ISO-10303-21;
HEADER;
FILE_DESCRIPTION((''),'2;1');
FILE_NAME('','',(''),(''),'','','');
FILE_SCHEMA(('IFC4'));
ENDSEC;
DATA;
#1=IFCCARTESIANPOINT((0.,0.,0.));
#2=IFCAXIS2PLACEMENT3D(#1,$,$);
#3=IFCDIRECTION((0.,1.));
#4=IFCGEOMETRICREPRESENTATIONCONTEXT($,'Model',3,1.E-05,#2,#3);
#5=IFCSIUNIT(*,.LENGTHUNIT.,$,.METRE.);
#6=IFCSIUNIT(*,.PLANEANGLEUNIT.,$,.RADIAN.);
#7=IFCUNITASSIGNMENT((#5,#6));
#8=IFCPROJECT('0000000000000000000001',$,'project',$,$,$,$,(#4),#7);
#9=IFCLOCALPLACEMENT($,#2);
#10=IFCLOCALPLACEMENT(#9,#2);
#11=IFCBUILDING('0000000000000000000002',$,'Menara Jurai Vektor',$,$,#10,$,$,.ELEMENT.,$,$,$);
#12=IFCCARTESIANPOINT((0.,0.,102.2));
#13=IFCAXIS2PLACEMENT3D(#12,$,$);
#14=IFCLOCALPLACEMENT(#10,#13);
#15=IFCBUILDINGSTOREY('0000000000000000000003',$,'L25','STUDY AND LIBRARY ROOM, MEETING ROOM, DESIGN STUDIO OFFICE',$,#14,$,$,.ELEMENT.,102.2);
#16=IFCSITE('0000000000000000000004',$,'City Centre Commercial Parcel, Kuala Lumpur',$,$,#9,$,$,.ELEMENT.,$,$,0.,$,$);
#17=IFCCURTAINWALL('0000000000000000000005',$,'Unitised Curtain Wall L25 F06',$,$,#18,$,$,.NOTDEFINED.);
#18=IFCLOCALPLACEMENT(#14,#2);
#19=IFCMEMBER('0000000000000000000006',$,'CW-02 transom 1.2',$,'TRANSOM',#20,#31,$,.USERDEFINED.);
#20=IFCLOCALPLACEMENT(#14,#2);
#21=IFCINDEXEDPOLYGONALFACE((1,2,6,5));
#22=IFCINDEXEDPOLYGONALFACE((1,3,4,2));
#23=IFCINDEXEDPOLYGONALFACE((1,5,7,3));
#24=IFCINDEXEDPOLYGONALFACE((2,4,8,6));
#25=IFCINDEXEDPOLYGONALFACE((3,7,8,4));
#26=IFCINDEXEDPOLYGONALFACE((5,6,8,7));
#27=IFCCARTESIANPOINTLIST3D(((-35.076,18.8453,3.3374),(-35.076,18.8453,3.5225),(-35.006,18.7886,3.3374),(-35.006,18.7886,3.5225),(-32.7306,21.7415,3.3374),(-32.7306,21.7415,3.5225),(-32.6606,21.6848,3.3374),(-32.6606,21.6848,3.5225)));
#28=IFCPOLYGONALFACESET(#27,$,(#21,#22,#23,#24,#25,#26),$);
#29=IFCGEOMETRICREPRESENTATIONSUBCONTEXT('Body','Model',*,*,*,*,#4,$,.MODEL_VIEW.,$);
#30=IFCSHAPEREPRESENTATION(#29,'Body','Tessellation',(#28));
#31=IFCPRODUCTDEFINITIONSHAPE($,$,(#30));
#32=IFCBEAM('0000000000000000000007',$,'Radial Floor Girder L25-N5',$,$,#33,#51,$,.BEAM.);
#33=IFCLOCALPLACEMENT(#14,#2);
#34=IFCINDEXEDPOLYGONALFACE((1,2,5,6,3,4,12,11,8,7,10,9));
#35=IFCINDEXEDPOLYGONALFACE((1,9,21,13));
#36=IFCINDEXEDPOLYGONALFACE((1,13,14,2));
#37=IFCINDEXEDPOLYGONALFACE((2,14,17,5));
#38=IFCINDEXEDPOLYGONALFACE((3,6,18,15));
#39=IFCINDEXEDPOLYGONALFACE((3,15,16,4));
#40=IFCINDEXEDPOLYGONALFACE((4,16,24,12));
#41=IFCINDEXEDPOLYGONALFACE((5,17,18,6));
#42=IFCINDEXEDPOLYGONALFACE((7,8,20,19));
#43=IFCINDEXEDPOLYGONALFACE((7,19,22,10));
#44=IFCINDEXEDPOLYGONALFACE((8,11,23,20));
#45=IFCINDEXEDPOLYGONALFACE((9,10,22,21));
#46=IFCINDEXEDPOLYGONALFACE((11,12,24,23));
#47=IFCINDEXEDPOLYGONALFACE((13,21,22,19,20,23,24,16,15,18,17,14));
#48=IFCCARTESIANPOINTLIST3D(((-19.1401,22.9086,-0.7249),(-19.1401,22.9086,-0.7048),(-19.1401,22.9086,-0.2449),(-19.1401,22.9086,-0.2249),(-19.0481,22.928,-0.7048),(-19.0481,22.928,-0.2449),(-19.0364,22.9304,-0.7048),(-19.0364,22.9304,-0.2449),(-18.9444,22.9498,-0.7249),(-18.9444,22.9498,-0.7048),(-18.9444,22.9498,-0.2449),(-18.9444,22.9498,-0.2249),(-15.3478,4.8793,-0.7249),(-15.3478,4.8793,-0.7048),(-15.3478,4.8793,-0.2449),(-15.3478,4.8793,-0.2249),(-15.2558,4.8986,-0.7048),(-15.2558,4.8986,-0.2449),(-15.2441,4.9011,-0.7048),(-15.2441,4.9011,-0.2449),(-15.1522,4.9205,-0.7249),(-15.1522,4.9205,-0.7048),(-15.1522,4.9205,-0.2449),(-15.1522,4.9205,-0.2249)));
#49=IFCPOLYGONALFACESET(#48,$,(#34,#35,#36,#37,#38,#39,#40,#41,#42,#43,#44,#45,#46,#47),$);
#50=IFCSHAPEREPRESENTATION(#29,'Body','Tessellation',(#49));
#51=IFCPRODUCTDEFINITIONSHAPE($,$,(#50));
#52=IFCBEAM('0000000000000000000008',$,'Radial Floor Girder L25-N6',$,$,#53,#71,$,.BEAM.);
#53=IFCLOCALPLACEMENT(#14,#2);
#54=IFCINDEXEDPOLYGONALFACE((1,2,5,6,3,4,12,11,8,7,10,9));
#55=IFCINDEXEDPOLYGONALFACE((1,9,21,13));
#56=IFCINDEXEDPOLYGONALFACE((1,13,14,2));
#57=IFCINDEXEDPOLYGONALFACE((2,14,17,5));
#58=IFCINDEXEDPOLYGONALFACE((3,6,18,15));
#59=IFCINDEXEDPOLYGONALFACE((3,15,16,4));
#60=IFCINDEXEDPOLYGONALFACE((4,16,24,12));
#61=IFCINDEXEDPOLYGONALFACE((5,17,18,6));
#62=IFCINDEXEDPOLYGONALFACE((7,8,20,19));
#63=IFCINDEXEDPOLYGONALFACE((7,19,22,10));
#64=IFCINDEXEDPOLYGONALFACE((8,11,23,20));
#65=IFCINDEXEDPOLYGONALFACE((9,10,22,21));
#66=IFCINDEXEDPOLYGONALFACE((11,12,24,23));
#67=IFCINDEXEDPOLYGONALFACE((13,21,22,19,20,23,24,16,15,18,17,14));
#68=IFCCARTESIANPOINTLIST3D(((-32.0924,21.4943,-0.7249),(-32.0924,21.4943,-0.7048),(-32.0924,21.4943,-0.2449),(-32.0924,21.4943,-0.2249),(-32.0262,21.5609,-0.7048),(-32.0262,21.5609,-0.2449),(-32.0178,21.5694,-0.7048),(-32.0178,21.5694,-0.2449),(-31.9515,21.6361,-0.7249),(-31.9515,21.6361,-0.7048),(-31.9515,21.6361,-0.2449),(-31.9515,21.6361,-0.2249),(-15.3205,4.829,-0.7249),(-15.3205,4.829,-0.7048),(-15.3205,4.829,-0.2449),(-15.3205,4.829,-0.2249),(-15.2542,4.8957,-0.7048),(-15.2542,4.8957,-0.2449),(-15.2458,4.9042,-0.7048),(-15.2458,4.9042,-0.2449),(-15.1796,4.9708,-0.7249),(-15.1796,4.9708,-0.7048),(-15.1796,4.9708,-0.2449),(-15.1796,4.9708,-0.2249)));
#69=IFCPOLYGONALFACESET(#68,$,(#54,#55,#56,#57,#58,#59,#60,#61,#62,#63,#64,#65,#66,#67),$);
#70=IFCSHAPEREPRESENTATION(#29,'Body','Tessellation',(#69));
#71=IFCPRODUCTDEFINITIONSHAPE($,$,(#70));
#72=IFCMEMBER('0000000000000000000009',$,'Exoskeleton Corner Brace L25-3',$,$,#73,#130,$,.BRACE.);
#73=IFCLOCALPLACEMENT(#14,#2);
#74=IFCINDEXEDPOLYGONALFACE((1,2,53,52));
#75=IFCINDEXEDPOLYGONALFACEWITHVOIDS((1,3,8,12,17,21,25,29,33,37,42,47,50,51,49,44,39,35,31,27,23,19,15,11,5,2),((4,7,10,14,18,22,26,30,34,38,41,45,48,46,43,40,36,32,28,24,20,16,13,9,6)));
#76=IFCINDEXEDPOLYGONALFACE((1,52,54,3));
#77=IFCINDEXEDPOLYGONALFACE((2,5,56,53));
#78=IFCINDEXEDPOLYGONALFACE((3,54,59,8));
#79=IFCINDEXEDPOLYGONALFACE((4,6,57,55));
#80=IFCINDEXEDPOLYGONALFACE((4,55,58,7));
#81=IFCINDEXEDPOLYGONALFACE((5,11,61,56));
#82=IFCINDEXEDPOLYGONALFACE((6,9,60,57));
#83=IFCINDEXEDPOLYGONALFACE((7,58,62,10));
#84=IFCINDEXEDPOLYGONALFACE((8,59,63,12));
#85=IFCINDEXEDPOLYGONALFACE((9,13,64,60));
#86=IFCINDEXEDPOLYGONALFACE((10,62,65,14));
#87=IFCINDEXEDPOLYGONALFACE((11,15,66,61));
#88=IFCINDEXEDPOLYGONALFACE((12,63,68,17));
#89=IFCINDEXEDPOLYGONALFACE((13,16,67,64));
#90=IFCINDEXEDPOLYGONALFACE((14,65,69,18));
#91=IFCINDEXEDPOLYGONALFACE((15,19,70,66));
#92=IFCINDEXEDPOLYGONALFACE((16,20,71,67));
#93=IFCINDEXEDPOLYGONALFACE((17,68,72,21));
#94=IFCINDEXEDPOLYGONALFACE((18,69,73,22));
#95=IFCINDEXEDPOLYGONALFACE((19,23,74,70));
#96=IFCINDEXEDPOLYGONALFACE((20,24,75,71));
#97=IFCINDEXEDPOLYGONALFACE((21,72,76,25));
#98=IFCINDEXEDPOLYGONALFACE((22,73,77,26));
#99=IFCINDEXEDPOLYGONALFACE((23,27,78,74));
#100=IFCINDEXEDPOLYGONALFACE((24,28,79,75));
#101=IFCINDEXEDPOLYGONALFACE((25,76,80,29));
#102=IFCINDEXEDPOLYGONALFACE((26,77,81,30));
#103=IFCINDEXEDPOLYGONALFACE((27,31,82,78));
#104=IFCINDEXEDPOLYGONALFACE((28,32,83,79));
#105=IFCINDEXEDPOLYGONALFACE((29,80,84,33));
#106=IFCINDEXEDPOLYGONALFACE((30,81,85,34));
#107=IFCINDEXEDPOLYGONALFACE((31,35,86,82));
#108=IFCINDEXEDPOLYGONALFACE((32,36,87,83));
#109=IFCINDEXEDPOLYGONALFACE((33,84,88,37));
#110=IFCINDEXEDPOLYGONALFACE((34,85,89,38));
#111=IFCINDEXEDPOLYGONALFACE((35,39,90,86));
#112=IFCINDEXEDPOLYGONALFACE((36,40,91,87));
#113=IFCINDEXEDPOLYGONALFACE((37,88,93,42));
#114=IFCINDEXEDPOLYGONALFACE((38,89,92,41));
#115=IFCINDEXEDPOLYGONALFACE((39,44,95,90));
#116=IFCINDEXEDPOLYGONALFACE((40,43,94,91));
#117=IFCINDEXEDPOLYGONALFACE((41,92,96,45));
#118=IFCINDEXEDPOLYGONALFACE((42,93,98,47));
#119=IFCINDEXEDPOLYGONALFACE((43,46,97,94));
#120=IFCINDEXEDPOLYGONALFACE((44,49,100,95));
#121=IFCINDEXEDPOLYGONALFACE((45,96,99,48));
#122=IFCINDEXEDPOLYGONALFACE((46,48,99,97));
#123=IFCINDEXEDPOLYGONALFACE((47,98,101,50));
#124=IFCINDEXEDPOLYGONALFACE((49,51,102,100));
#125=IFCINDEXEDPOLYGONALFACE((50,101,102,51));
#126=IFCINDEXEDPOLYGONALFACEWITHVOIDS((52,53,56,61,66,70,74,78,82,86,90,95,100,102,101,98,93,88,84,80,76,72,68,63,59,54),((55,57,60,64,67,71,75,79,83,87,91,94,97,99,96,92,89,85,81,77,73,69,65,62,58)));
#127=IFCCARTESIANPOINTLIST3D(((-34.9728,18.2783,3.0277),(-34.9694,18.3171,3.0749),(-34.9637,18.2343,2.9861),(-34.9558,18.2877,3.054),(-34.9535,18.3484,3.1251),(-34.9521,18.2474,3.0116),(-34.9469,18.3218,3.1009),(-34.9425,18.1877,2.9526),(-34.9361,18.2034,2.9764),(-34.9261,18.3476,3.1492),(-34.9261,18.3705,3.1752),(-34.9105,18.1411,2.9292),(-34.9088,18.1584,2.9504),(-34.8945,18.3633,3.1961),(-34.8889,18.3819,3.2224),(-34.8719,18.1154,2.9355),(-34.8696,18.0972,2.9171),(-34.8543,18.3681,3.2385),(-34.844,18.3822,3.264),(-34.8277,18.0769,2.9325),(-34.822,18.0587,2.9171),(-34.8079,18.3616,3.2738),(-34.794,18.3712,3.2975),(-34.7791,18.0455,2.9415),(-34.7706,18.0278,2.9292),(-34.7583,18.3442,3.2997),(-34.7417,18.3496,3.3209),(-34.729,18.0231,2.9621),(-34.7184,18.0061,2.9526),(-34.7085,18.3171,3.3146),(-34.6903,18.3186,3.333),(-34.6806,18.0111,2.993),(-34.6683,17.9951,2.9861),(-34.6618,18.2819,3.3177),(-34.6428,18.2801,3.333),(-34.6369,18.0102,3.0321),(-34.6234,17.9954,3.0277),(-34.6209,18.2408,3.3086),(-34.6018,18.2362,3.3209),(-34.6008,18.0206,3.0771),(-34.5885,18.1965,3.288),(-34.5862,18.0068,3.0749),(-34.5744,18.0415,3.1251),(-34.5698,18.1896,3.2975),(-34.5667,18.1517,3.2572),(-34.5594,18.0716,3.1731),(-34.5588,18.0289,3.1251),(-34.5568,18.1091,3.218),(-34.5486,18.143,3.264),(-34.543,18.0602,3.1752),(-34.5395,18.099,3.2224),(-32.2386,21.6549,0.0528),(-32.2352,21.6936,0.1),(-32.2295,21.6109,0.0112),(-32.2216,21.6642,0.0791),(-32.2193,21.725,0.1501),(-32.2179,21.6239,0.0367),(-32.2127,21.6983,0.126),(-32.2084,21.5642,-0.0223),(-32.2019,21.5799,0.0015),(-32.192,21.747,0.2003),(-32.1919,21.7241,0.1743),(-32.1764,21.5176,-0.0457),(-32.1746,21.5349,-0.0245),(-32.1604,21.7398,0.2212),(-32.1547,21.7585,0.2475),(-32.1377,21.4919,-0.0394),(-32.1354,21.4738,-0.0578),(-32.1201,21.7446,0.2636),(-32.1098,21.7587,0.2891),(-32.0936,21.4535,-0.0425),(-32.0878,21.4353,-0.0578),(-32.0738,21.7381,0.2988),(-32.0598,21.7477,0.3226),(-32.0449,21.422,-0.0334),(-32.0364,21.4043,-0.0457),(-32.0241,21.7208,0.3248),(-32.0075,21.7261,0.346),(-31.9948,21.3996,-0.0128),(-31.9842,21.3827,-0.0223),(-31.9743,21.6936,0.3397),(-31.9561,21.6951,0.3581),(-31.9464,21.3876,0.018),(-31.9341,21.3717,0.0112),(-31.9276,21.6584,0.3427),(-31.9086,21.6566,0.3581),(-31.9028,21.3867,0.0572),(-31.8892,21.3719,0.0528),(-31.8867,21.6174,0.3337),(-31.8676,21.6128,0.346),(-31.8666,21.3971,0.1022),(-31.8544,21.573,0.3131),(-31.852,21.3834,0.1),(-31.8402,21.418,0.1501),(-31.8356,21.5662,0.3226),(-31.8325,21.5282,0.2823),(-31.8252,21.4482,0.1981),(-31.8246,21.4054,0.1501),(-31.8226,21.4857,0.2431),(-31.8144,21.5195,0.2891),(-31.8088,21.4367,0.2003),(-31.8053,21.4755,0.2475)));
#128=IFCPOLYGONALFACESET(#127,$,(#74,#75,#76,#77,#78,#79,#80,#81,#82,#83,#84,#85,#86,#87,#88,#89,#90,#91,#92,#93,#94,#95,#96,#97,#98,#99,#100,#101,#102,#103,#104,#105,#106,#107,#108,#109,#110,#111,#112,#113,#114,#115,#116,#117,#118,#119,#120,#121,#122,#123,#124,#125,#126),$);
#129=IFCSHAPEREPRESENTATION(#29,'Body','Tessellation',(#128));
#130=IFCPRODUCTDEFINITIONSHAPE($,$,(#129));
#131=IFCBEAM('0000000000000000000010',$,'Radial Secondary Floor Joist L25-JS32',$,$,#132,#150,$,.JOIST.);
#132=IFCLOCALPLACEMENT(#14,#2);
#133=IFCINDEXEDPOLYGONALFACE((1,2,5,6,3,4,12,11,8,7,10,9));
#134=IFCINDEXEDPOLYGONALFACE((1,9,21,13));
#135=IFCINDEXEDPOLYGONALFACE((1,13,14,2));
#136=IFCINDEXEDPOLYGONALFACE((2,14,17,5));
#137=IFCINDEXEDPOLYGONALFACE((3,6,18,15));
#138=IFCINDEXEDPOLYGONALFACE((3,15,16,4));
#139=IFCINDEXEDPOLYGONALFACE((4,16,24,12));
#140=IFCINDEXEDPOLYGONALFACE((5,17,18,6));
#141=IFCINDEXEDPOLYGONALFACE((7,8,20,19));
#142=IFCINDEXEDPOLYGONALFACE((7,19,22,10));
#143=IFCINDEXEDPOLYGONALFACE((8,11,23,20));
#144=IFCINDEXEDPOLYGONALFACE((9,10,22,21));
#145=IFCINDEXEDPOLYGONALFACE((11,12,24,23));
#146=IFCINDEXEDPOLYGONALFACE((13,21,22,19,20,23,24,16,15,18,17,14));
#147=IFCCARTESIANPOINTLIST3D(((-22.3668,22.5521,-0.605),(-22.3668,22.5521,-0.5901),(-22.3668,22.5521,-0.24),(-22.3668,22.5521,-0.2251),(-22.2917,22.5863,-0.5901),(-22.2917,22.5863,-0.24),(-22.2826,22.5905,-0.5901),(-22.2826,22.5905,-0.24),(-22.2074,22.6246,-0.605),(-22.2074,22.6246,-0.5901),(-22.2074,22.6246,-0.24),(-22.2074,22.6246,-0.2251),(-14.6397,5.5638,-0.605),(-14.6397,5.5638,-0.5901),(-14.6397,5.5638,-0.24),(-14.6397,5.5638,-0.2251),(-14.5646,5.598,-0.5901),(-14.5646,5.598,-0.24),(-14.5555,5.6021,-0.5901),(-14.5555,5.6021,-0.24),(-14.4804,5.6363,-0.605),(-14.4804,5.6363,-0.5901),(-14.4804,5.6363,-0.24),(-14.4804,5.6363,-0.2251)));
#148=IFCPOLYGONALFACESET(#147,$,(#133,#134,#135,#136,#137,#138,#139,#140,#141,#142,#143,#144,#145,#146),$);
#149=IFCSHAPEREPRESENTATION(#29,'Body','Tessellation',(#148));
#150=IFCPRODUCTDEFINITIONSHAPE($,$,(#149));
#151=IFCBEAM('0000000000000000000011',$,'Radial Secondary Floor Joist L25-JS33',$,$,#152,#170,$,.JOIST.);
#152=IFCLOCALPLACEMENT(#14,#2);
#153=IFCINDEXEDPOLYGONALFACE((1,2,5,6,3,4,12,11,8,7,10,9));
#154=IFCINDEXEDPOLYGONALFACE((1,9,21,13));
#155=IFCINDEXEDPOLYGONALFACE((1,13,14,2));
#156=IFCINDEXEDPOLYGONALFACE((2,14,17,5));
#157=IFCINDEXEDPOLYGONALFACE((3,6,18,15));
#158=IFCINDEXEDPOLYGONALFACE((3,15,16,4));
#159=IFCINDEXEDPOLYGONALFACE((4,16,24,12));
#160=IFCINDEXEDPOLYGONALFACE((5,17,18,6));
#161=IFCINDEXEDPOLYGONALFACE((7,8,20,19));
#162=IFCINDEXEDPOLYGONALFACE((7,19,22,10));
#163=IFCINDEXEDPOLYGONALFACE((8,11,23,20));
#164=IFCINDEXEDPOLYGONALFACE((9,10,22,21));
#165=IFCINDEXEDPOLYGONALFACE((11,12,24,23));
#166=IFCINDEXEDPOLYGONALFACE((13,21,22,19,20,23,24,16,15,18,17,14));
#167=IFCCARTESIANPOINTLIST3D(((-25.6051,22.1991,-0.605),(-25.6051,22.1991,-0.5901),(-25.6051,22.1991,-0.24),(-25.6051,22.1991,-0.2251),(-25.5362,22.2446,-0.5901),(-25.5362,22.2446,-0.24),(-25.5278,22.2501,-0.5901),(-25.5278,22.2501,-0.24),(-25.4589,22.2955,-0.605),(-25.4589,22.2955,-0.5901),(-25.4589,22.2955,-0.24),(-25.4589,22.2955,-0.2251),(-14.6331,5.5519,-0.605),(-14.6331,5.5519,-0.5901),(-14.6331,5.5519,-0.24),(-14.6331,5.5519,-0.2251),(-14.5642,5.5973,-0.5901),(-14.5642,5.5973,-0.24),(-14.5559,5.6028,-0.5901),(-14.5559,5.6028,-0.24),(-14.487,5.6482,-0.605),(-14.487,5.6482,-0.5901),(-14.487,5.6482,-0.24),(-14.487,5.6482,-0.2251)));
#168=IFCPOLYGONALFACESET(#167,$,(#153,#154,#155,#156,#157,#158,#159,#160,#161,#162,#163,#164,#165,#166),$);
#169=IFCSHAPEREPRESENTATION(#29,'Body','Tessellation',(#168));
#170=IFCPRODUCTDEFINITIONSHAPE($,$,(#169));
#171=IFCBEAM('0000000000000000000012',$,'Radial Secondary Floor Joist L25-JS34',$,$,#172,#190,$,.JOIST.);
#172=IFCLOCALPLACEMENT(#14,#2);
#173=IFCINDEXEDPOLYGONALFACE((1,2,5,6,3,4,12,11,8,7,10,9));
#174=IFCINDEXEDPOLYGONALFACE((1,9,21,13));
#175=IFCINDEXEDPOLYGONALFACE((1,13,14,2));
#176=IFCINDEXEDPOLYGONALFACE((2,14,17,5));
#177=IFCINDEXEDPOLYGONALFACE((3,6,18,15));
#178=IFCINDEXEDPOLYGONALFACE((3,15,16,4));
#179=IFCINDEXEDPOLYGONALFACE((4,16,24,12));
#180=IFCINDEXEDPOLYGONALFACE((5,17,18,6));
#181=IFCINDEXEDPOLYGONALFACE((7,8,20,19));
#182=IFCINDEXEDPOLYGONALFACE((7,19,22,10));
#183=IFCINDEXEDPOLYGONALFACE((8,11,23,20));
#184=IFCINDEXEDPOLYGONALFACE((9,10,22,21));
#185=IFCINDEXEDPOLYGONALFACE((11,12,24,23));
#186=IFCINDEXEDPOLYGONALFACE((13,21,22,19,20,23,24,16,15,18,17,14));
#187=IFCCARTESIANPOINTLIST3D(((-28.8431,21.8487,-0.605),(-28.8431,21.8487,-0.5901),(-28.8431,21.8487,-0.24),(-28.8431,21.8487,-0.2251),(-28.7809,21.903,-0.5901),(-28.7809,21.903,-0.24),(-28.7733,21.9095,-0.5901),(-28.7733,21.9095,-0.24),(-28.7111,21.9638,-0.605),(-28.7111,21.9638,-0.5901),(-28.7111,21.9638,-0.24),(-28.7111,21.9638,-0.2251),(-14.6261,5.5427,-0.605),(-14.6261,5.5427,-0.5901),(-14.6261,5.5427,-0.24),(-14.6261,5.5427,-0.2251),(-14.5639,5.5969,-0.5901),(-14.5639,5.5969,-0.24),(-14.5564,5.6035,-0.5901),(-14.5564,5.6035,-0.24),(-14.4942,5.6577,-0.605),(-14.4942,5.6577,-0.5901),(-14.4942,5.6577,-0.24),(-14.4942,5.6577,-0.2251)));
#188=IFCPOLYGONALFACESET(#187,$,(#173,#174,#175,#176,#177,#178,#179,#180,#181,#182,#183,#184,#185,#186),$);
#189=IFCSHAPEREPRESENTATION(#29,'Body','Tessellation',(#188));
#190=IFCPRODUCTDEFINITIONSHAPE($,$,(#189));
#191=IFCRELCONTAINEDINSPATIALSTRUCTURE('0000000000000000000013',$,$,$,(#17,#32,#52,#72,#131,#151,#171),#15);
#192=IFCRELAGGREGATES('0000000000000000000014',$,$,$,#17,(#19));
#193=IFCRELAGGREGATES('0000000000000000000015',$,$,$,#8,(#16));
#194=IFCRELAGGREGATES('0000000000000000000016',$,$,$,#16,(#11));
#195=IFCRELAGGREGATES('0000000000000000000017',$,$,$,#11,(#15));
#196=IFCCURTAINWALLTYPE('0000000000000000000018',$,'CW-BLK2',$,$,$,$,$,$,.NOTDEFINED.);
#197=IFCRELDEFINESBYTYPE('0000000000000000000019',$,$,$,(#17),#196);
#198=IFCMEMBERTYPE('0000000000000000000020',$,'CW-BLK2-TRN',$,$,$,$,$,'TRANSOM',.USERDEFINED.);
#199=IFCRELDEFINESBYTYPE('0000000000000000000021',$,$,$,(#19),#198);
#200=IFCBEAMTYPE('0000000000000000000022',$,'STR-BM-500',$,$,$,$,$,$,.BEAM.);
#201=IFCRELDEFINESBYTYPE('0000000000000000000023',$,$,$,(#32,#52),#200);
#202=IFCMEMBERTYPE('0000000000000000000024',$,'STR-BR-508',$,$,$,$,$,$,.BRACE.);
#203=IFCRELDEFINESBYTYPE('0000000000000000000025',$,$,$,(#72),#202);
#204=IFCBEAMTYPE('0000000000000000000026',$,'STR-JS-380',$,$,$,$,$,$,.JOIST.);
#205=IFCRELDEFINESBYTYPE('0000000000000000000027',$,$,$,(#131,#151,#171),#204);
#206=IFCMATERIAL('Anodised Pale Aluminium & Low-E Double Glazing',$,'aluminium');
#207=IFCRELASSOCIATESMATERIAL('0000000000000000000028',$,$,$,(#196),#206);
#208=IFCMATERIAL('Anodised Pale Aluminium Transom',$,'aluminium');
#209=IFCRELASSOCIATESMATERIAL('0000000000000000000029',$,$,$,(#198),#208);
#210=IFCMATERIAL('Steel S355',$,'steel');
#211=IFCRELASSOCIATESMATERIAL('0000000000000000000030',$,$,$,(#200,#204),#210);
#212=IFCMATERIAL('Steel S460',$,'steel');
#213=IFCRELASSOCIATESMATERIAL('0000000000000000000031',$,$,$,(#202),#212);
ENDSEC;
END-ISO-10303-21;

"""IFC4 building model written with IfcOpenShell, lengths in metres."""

from ifc_helpers import new_model, si_unit, direction, frame, origin, origin_2d, place, context, subcontext, project, spatial, rectangle, hollow_circle, i_section, extrude, material, material_profile, profile_set, type_object, element, aggregate, save


model = new_model("IFC4")

# Units and contexts
model_context = context("Model", 3, precision=1e-05, world=origin(), true_north=direction((0.0, 1.0)))
body_context = subcontext(model_context, "Body", "Model", "MODEL_VIEW")
ifc_project = project(units=[si_unit("LENGTHUNIT", "METRE"), si_unit("PLANEANGLEUNIT", "RADIAN")], contexts=[model_context])

# Site, building, storey
site_placement = place(None, origin())
site = spatial("IfcSite", under=ifc_project, at=site_placement, Name="City Centre Commercial Parcel, Kuala Lumpur", CompositionType="ELEMENT", RefElevation=0.0)
building_placement = place(site_placement, origin())
building = spatial("IfcBuilding", under=site, at=building_placement, Name="Menara Jurai Vektor", CompositionType="ELEMENT")
storey_placement = place(building_placement, frame((0.0, 0.0, 102.2)))
storey = spatial("IfcBuildingStorey", under=building, at=storey_placement, Name="L25", Description="STUDY AND LIBRARY ROOM, MEETING ROOM, DESIGN STUDIO OFFICE", CompositionType="ELEMENT", Elevation=102.2)

# Shared definitions
ifc_material_1 = material(Name="Steel S460", Category="steel")

# Curtain wall
ifc_material_2 = material(Name="Anodised Pale Aluminium & Low-E Double Glazing", Category="aluminium")
curtain_wall_type = type_object("IfcCurtainWallType", Name="CW-BLK2", PredefinedType="NOTDEFINED", material=ifc_material_2)
curtain_wall_1_placement = place(storey_placement, origin())
curtain_wall_1 = element("IfcCurtainWall", 1, at=curtain_wall_1_placement, inside=storey, type_object=curtain_wall_type, Name="Unitised Curtain Wall L25 F06", PredefinedType="NOTDEFINED")

# Member
ifc_material_3 = material(Name="Anodised Pale Aluminium Transom", Category="aluminium")
ifc_material_profile_1 = material_profile(ifc_material_3, rectangle(XDim=0.0901, YDim=0.1851, at=origin_2d()), Name="ALU TRN 90x185")
ifc_profile_set_1 = profile_set([ifc_material_profile_1], Name="Anodised Pale Aluminium Transom")
member_type_1 = type_object("IfcMemberType", Name="CW-BLK2-TRN", ElementType="TRANSOM", PredefinedType="USERDEFINED", material=ifc_profile_set_1)
member_1_placement = place(storey_placement, frame((-32.6956, 21.7131, 3.4299), z_axis=(-0.629341, -0.777129, 0.0), x_axis=(0.777129, -0.629341, 0.0)))
member_1 = element("IfcMember", 2, at=member_1_placement, type_object=member_type_1, Name="CW-02 transom 1.2", ObjectType="TRANSOM", PredefinedType="USERDEFINED", context=body_context, shape_type="SweptSolid", body=[
    extrude(rectangle(XDim=0.0901, YDim=0.1851, at=origin_2d()), origin(), (0.0, 0.0, 1.0), 3.7268),
])

# Beams
ifc_material_4 = material(Name="Steel S355", Category="steel")
ifc_material_profile_2 = material_profile(ifc_material_4, i_section(OverallWidth=0.2, OverallDepth=0.5, WebThickness=0.012, FlangeThickness=0.02, at=origin_2d()), Name="PG 500x200x96")
ifc_profile_set_2 = profile_set([ifc_material_profile_2], Name="Steel S355")
beam_type_1 = type_object("IfcBeamType", Name="STR-BM-500", PredefinedType="BEAM", material=ifc_profile_set_2)
beam_1_placement = place(storey_placement, frame((-19.0422, 22.9292, -0.4749), z_axis=(0.205833, -0.978587, 0.0), x_axis=(0.978587, 0.205833, 0.0)))
element("IfcBeam", 3, at=beam_1_placement, inside=storey, type_object=beam_type_1, Name="Radial Floor Girder L25-N5", PredefinedType="BEAM", context=body_context, shape_type="SweptSolid", body=[
    extrude(i_section(OverallWidth=0.2, OverallDepth=0.5, WebThickness=0.012, FlangeThickness=0.02, at=origin_2d()), origin(), (0.0, 0.0, 1.0), 18.4238),
])
beam_2_placement = place(storey_placement, frame((-32.022, 21.5652, -0.4749), z_axis=(0.709359, -0.704847, 0.0), x_axis=(0.704847, 0.709359, 0.0)))
element("IfcBeam", 4, at=beam_2_placement, inside=storey, type_object=beam_type_1, Name="Radial Floor Girder L25-N6", PredefinedType="BEAM", context=body_context, shape_type="SweptSolid", body=[
    extrude(i_section(OverallWidth=0.2, OverallDepth=0.5, WebThickness=0.012, FlangeThickness=0.02, at=origin_2d()), origin(), (0.0, 0.0, 1.0), 23.6438),
])

# Member
ifc_material_profile_3 = material_profile(ifc_material_1, hollow_circle(Radius=0.2539, WallThickness=0.02, at=origin_2d()), Name="CHS 508x20")
ifc_profile_set_3 = profile_set([ifc_material_profile_3], Name="Steel S460")
member_type_2 = type_object("IfcMemberType", Name="STR-BR-508", PredefinedType="BRACE", material=ifc_profile_set_3)
member_2_placement = place(storey_placement, frame((-32.022, 21.5652, 0.1501), z_axis=(-0.519251, -0.64124, 0.564968), x_axis=(0.777155, -0.62931, 0.0)))
element("IfcMember", 5, at=member_2_placement, inside=storey, type_object=member_type_2, Name="Exoskeleton Corner Brace L25-3", PredefinedType="BRACE", context=body_context, shape_type="SweptSolid", body=[
    extrude(hollow_circle(Radius=0.2539, WallThickness=0.02, at=origin_2d()), origin(), (0.0, 0.0, 1.0), 5.2656),
])

# Beams
ifc_material_profile_4 = material_profile(ifc_material_4, i_section(OverallWidth=0.175, OverallDepth=0.3799, WebThickness=0.01, FlangeThickness=0.0149, at=origin_2d()), Name="PG 380x175x58")
ifc_profile_set_4 = profile_set([ifc_material_profile_4], Name="Steel S355")
beam_type_2 = type_object("IfcBeamType", Name="STR-JS-380", PredefinedType="JOIST", material=ifc_profile_set_4)
beam_3_placement = place(storey_placement, frame((-22.2871, 22.5884, -0.415), z_axis=(0.41403, -0.910263, 0.0), x_axis=(0.910263, 0.41403, 0.0)))
element("IfcBeam", 6, at=beam_3_placement, inside=storey, type_object=beam_type_2, Name="Radial Secondary Floor Joist L25-JS32", PredefinedType="JOIST", context=body_context, shape_type="SweptSolid", body=[
    extrude(i_section(OverallWidth=0.175, OverallDepth=0.3799, WebThickness=0.01, FlangeThickness=0.0149, at=origin_2d()), origin(), (0.0, 0.0, 1.0), 18.6631),
])
beam_4_placement = place(storey_placement, frame((-25.532, 22.2473, -0.415), z_axis=(0.55031, -0.834961, 0.0), x_axis=(0.834961, 0.55031, 0.0)))
element("IfcBeam", 7, at=beam_4_placement, inside=storey, type_object=beam_type_2, Name="Radial Secondary Floor Joist L25-JS33", PredefinedType="JOIST", context=body_context, shape_type="SweptSolid", body=[
    extrude(i_section(OverallWidth=0.175, OverallDepth=0.3799, WebThickness=0.01, FlangeThickness=0.0149, at=origin_2d()), origin(), (0.0, 0.0, 1.0), 19.9377),
])
beam_5_placement = place(storey_placement, frame((-28.7771, 21.9062, -0.415), z_axis=(0.657173, -0.75374, 0.0), x_axis=(0.75374, 0.657173, 0.0)))
element("IfcBeam", 8, at=beam_5_placement, inside=storey, type_object=beam_type_2, Name="Radial Secondary Floor Joist L25-JS34", PredefinedType="JOIST", context=body_context, shape_type="SweptSolid", body=[
    extrude(i_section(OverallWidth=0.175, OverallDepth=0.3799, WebThickness=0.01, FlangeThickness=0.0149, at=origin_2d()), origin(), (0.0, 0.0, 1.0), 21.6335),
])

aggregate(curtain_wall_1, [member_1])

save(model, "model.ifc")
